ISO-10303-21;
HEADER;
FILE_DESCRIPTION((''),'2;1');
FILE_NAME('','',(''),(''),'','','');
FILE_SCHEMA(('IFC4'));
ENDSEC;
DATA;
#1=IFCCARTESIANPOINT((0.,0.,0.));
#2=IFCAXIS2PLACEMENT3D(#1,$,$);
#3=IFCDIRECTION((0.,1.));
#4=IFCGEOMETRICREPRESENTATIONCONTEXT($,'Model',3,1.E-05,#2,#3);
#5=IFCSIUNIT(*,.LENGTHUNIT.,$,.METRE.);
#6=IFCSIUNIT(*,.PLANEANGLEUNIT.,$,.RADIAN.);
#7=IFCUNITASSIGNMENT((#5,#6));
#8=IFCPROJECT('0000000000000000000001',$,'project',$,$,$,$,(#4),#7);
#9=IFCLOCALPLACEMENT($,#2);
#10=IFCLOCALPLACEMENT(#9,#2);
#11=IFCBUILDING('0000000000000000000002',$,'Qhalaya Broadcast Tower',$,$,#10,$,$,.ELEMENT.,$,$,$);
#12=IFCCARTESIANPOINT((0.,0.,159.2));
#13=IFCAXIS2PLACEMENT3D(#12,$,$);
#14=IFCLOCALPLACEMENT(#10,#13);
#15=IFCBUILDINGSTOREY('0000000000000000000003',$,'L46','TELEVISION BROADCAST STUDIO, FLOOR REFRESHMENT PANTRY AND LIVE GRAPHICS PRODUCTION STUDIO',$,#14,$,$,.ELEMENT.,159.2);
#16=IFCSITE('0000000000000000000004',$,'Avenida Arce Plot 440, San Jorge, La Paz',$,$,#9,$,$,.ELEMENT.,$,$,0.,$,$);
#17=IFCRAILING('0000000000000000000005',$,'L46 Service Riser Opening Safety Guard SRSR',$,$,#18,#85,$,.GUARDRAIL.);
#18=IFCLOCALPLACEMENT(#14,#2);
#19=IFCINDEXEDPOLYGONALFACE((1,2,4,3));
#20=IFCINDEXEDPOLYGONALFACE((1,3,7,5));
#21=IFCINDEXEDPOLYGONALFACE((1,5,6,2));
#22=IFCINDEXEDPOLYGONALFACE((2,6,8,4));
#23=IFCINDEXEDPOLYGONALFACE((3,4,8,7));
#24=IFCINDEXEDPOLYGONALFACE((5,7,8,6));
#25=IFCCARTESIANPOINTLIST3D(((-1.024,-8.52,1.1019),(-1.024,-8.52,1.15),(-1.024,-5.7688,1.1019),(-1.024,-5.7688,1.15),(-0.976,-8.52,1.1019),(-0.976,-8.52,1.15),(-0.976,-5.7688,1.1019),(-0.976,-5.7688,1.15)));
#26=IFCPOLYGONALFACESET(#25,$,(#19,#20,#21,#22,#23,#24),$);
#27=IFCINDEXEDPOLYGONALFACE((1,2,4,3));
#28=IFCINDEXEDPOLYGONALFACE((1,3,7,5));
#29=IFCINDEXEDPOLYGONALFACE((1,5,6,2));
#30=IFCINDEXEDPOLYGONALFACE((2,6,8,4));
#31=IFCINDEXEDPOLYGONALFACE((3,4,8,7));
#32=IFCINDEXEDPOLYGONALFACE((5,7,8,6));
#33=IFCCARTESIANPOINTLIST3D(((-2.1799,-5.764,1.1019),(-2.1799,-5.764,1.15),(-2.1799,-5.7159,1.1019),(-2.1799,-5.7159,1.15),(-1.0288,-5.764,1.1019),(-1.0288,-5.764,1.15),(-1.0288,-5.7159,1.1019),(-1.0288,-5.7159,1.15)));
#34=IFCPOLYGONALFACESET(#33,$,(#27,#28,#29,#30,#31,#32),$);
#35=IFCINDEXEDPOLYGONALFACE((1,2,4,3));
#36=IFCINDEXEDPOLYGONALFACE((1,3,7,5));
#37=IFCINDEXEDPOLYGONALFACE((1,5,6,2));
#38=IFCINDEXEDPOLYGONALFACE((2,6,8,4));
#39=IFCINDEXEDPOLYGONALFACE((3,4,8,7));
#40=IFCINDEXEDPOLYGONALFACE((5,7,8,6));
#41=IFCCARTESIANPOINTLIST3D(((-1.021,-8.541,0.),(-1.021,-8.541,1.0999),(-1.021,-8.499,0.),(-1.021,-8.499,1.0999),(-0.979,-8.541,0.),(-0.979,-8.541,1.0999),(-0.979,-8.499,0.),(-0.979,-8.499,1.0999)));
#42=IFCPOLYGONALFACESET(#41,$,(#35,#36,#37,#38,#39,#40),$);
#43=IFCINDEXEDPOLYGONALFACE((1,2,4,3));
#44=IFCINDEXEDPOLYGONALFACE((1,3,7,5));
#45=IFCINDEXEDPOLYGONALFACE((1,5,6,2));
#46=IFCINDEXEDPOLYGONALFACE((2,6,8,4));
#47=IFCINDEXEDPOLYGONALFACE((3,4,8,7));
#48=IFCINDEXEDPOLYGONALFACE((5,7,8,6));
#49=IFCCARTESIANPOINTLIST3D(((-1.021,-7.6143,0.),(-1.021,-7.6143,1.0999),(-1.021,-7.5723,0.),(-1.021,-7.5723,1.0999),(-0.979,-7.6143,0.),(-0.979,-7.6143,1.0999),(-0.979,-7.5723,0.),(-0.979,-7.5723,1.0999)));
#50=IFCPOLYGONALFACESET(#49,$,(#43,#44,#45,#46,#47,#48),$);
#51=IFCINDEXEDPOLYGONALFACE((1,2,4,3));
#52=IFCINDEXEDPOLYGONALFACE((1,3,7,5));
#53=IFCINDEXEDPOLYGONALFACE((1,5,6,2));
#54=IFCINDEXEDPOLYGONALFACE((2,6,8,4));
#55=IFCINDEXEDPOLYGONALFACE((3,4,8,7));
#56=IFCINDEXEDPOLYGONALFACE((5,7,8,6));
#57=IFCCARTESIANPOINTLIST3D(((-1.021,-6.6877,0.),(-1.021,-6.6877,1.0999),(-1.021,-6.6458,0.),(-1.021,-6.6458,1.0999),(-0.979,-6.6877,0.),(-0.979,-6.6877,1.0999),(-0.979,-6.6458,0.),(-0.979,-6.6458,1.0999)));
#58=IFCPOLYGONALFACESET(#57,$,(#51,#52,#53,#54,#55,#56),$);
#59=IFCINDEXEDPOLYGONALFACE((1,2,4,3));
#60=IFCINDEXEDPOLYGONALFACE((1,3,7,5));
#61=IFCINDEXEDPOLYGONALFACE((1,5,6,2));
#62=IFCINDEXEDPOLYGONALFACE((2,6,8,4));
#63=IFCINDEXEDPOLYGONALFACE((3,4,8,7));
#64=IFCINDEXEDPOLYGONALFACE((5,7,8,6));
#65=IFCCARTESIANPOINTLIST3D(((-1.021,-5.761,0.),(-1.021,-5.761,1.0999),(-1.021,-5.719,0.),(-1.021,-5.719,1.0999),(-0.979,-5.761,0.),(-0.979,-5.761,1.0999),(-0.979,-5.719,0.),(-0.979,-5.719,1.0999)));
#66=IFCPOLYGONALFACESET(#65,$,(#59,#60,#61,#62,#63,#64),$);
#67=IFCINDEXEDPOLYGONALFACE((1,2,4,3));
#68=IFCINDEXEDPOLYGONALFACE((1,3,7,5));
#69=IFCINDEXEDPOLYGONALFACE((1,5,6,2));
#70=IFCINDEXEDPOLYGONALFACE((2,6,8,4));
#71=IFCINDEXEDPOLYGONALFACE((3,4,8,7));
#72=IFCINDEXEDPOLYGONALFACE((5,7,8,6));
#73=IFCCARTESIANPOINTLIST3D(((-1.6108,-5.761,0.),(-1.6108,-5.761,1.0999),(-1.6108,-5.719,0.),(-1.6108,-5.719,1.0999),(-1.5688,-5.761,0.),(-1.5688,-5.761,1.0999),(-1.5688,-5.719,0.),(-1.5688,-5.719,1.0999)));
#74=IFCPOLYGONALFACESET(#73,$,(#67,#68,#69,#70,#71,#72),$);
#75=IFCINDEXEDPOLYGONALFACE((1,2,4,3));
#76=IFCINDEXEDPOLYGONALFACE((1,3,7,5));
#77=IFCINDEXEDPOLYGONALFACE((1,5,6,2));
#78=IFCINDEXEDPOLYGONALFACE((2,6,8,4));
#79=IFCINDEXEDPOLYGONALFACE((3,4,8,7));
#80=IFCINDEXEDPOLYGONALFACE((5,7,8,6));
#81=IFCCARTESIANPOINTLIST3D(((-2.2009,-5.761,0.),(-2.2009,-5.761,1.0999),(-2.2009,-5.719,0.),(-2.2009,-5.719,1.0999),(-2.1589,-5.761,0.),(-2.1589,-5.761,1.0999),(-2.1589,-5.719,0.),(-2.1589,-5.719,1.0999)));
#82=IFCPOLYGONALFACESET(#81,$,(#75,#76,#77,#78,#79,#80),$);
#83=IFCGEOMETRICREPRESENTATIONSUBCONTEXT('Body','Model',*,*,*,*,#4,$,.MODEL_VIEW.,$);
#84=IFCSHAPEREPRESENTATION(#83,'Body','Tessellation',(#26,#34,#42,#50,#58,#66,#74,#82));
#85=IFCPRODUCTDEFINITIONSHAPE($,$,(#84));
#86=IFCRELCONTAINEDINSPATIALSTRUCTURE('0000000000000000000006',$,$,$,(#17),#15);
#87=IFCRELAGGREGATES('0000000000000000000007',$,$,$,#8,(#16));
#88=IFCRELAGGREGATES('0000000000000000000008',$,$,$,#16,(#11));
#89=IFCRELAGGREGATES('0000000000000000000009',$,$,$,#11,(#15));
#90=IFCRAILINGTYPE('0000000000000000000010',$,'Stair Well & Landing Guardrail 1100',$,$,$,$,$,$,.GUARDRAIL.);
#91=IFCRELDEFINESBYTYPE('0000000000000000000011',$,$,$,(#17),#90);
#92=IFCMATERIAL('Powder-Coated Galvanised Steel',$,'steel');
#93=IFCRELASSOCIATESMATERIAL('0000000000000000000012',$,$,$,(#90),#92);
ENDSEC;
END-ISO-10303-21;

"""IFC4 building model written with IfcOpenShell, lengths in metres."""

from ifc_helpers import new_model, si_unit, direction, frame, origin, origin_2d, place, context, subcontext, project, spatial, rectangle, extrude, material, type_object, element, save


model = new_model("IFC4")

# Units and contexts
model_context = context("Model", 3, precision=1e-05, world=origin(), true_north=direction((0.0, 1.0)))
body_context = subcontext(model_context, "Body", "Model", "MODEL_VIEW")
ifc_project = project(units=[si_unit("LENGTHUNIT", "METRE"), si_unit("PLANEANGLEUNIT", "RADIAN")], contexts=[model_context])

# Site, building, storey
site_placement = place(None, origin())
site = spatial("IfcSite", under=ifc_project, at=site_placement, Name="Avenida Arce Plot 440, San Jorge, La Paz", CompositionType="ELEMENT", RefElevation=0.0)
building_placement = place(site_placement, origin())
building = spatial("IfcBuilding", under=site, at=building_placement, Name="Qhalaya Broadcast Tower", CompositionType="ELEMENT")
storey_placement = place(building_placement, frame((0.0, 0.0, 159.2)))
storey = spatial("IfcBuildingStorey", under=building, at=storey_placement, Name="L46", Description="TELEVISION BROADCAST STUDIO, FLOOR REFRESHMENT PANTRY AND LIVE GRAPHICS PRODUCTION STUDIO", CompositionType="ELEMENT", Elevation=159.2)

# Railing
ifc_material_1 = material(Name="Powder-Coated Galvanised Steel", Category="steel")
railing_type = type_object("IfcRailingType", Name="Stair Well & Landing Guardrail 1100", PredefinedType="GUARDRAIL", material=ifc_material_1)
railing_placement = place(storey_placement, frame((-1.0, -8.52, 0.0)))
element("IfcRailing", 1, at=railing_placement, inside=storey, type_object=railing_type, Name="L46 Service Riser Opening Safety Guard SRSR", PredefinedType="GUARDRAIL", context=body_context, shape_type="SweptSolid", body=[
    extrude(rectangle(XDim=0.0481, YDim=0.0481, at=origin_2d()), frame((0.0, 0.0, 1.126), z_axis=(0.0, 1.0, 0.0), x_axis=(-1.0, 0.0, 0.0)), (0.0, 0.0, 1.0), 2.7512),
    extrude(rectangle(XDim=0.0481, YDim=0.0481, at=origin_2d()), frame((-0.0288, 2.78, 1.126), z_axis=(-1.0, 0.0, 0.0), x_axis=(0.0, -1.0, 0.0)), (0.0, 0.0, 1.0), 1.1511),
    extrude(rectangle(XDim=0.042, YDim=0.042, at=origin_2d()), origin(), (0.0, 0.0, 1.0), 1.0999),
    extrude(rectangle(XDim=0.042, YDim=0.042, at=origin_2d()), frame((0.0, 0.9268, 0.0)), (0.0, 0.0, 1.0), 1.0999),
    extrude(rectangle(XDim=0.042, YDim=0.042, at=origin_2d()), frame((0.0, 1.8533, 0.0)), (0.0, 0.0, 1.0), 1.0999),
    extrude(rectangle(XDim=0.042, YDim=0.042, at=origin_2d()), frame((0.0, 2.78, 0.0)), (0.0, 0.0, 1.0), 1.0999),
    extrude(rectangle(XDim=0.042, YDim=0.042, at=origin_2d()), frame((-0.5898, 2.78, 0.0)), (0.0, 0.0, 1.0), 1.0999),
    extrude(rectangle(XDim=0.042, YDim=0.042, at=origin_2d()), frame((-1.1799, 2.78, 0.0)), (0.0, 0.0, 1.0), 1.0999),
])

save(model, "model.ifc")
